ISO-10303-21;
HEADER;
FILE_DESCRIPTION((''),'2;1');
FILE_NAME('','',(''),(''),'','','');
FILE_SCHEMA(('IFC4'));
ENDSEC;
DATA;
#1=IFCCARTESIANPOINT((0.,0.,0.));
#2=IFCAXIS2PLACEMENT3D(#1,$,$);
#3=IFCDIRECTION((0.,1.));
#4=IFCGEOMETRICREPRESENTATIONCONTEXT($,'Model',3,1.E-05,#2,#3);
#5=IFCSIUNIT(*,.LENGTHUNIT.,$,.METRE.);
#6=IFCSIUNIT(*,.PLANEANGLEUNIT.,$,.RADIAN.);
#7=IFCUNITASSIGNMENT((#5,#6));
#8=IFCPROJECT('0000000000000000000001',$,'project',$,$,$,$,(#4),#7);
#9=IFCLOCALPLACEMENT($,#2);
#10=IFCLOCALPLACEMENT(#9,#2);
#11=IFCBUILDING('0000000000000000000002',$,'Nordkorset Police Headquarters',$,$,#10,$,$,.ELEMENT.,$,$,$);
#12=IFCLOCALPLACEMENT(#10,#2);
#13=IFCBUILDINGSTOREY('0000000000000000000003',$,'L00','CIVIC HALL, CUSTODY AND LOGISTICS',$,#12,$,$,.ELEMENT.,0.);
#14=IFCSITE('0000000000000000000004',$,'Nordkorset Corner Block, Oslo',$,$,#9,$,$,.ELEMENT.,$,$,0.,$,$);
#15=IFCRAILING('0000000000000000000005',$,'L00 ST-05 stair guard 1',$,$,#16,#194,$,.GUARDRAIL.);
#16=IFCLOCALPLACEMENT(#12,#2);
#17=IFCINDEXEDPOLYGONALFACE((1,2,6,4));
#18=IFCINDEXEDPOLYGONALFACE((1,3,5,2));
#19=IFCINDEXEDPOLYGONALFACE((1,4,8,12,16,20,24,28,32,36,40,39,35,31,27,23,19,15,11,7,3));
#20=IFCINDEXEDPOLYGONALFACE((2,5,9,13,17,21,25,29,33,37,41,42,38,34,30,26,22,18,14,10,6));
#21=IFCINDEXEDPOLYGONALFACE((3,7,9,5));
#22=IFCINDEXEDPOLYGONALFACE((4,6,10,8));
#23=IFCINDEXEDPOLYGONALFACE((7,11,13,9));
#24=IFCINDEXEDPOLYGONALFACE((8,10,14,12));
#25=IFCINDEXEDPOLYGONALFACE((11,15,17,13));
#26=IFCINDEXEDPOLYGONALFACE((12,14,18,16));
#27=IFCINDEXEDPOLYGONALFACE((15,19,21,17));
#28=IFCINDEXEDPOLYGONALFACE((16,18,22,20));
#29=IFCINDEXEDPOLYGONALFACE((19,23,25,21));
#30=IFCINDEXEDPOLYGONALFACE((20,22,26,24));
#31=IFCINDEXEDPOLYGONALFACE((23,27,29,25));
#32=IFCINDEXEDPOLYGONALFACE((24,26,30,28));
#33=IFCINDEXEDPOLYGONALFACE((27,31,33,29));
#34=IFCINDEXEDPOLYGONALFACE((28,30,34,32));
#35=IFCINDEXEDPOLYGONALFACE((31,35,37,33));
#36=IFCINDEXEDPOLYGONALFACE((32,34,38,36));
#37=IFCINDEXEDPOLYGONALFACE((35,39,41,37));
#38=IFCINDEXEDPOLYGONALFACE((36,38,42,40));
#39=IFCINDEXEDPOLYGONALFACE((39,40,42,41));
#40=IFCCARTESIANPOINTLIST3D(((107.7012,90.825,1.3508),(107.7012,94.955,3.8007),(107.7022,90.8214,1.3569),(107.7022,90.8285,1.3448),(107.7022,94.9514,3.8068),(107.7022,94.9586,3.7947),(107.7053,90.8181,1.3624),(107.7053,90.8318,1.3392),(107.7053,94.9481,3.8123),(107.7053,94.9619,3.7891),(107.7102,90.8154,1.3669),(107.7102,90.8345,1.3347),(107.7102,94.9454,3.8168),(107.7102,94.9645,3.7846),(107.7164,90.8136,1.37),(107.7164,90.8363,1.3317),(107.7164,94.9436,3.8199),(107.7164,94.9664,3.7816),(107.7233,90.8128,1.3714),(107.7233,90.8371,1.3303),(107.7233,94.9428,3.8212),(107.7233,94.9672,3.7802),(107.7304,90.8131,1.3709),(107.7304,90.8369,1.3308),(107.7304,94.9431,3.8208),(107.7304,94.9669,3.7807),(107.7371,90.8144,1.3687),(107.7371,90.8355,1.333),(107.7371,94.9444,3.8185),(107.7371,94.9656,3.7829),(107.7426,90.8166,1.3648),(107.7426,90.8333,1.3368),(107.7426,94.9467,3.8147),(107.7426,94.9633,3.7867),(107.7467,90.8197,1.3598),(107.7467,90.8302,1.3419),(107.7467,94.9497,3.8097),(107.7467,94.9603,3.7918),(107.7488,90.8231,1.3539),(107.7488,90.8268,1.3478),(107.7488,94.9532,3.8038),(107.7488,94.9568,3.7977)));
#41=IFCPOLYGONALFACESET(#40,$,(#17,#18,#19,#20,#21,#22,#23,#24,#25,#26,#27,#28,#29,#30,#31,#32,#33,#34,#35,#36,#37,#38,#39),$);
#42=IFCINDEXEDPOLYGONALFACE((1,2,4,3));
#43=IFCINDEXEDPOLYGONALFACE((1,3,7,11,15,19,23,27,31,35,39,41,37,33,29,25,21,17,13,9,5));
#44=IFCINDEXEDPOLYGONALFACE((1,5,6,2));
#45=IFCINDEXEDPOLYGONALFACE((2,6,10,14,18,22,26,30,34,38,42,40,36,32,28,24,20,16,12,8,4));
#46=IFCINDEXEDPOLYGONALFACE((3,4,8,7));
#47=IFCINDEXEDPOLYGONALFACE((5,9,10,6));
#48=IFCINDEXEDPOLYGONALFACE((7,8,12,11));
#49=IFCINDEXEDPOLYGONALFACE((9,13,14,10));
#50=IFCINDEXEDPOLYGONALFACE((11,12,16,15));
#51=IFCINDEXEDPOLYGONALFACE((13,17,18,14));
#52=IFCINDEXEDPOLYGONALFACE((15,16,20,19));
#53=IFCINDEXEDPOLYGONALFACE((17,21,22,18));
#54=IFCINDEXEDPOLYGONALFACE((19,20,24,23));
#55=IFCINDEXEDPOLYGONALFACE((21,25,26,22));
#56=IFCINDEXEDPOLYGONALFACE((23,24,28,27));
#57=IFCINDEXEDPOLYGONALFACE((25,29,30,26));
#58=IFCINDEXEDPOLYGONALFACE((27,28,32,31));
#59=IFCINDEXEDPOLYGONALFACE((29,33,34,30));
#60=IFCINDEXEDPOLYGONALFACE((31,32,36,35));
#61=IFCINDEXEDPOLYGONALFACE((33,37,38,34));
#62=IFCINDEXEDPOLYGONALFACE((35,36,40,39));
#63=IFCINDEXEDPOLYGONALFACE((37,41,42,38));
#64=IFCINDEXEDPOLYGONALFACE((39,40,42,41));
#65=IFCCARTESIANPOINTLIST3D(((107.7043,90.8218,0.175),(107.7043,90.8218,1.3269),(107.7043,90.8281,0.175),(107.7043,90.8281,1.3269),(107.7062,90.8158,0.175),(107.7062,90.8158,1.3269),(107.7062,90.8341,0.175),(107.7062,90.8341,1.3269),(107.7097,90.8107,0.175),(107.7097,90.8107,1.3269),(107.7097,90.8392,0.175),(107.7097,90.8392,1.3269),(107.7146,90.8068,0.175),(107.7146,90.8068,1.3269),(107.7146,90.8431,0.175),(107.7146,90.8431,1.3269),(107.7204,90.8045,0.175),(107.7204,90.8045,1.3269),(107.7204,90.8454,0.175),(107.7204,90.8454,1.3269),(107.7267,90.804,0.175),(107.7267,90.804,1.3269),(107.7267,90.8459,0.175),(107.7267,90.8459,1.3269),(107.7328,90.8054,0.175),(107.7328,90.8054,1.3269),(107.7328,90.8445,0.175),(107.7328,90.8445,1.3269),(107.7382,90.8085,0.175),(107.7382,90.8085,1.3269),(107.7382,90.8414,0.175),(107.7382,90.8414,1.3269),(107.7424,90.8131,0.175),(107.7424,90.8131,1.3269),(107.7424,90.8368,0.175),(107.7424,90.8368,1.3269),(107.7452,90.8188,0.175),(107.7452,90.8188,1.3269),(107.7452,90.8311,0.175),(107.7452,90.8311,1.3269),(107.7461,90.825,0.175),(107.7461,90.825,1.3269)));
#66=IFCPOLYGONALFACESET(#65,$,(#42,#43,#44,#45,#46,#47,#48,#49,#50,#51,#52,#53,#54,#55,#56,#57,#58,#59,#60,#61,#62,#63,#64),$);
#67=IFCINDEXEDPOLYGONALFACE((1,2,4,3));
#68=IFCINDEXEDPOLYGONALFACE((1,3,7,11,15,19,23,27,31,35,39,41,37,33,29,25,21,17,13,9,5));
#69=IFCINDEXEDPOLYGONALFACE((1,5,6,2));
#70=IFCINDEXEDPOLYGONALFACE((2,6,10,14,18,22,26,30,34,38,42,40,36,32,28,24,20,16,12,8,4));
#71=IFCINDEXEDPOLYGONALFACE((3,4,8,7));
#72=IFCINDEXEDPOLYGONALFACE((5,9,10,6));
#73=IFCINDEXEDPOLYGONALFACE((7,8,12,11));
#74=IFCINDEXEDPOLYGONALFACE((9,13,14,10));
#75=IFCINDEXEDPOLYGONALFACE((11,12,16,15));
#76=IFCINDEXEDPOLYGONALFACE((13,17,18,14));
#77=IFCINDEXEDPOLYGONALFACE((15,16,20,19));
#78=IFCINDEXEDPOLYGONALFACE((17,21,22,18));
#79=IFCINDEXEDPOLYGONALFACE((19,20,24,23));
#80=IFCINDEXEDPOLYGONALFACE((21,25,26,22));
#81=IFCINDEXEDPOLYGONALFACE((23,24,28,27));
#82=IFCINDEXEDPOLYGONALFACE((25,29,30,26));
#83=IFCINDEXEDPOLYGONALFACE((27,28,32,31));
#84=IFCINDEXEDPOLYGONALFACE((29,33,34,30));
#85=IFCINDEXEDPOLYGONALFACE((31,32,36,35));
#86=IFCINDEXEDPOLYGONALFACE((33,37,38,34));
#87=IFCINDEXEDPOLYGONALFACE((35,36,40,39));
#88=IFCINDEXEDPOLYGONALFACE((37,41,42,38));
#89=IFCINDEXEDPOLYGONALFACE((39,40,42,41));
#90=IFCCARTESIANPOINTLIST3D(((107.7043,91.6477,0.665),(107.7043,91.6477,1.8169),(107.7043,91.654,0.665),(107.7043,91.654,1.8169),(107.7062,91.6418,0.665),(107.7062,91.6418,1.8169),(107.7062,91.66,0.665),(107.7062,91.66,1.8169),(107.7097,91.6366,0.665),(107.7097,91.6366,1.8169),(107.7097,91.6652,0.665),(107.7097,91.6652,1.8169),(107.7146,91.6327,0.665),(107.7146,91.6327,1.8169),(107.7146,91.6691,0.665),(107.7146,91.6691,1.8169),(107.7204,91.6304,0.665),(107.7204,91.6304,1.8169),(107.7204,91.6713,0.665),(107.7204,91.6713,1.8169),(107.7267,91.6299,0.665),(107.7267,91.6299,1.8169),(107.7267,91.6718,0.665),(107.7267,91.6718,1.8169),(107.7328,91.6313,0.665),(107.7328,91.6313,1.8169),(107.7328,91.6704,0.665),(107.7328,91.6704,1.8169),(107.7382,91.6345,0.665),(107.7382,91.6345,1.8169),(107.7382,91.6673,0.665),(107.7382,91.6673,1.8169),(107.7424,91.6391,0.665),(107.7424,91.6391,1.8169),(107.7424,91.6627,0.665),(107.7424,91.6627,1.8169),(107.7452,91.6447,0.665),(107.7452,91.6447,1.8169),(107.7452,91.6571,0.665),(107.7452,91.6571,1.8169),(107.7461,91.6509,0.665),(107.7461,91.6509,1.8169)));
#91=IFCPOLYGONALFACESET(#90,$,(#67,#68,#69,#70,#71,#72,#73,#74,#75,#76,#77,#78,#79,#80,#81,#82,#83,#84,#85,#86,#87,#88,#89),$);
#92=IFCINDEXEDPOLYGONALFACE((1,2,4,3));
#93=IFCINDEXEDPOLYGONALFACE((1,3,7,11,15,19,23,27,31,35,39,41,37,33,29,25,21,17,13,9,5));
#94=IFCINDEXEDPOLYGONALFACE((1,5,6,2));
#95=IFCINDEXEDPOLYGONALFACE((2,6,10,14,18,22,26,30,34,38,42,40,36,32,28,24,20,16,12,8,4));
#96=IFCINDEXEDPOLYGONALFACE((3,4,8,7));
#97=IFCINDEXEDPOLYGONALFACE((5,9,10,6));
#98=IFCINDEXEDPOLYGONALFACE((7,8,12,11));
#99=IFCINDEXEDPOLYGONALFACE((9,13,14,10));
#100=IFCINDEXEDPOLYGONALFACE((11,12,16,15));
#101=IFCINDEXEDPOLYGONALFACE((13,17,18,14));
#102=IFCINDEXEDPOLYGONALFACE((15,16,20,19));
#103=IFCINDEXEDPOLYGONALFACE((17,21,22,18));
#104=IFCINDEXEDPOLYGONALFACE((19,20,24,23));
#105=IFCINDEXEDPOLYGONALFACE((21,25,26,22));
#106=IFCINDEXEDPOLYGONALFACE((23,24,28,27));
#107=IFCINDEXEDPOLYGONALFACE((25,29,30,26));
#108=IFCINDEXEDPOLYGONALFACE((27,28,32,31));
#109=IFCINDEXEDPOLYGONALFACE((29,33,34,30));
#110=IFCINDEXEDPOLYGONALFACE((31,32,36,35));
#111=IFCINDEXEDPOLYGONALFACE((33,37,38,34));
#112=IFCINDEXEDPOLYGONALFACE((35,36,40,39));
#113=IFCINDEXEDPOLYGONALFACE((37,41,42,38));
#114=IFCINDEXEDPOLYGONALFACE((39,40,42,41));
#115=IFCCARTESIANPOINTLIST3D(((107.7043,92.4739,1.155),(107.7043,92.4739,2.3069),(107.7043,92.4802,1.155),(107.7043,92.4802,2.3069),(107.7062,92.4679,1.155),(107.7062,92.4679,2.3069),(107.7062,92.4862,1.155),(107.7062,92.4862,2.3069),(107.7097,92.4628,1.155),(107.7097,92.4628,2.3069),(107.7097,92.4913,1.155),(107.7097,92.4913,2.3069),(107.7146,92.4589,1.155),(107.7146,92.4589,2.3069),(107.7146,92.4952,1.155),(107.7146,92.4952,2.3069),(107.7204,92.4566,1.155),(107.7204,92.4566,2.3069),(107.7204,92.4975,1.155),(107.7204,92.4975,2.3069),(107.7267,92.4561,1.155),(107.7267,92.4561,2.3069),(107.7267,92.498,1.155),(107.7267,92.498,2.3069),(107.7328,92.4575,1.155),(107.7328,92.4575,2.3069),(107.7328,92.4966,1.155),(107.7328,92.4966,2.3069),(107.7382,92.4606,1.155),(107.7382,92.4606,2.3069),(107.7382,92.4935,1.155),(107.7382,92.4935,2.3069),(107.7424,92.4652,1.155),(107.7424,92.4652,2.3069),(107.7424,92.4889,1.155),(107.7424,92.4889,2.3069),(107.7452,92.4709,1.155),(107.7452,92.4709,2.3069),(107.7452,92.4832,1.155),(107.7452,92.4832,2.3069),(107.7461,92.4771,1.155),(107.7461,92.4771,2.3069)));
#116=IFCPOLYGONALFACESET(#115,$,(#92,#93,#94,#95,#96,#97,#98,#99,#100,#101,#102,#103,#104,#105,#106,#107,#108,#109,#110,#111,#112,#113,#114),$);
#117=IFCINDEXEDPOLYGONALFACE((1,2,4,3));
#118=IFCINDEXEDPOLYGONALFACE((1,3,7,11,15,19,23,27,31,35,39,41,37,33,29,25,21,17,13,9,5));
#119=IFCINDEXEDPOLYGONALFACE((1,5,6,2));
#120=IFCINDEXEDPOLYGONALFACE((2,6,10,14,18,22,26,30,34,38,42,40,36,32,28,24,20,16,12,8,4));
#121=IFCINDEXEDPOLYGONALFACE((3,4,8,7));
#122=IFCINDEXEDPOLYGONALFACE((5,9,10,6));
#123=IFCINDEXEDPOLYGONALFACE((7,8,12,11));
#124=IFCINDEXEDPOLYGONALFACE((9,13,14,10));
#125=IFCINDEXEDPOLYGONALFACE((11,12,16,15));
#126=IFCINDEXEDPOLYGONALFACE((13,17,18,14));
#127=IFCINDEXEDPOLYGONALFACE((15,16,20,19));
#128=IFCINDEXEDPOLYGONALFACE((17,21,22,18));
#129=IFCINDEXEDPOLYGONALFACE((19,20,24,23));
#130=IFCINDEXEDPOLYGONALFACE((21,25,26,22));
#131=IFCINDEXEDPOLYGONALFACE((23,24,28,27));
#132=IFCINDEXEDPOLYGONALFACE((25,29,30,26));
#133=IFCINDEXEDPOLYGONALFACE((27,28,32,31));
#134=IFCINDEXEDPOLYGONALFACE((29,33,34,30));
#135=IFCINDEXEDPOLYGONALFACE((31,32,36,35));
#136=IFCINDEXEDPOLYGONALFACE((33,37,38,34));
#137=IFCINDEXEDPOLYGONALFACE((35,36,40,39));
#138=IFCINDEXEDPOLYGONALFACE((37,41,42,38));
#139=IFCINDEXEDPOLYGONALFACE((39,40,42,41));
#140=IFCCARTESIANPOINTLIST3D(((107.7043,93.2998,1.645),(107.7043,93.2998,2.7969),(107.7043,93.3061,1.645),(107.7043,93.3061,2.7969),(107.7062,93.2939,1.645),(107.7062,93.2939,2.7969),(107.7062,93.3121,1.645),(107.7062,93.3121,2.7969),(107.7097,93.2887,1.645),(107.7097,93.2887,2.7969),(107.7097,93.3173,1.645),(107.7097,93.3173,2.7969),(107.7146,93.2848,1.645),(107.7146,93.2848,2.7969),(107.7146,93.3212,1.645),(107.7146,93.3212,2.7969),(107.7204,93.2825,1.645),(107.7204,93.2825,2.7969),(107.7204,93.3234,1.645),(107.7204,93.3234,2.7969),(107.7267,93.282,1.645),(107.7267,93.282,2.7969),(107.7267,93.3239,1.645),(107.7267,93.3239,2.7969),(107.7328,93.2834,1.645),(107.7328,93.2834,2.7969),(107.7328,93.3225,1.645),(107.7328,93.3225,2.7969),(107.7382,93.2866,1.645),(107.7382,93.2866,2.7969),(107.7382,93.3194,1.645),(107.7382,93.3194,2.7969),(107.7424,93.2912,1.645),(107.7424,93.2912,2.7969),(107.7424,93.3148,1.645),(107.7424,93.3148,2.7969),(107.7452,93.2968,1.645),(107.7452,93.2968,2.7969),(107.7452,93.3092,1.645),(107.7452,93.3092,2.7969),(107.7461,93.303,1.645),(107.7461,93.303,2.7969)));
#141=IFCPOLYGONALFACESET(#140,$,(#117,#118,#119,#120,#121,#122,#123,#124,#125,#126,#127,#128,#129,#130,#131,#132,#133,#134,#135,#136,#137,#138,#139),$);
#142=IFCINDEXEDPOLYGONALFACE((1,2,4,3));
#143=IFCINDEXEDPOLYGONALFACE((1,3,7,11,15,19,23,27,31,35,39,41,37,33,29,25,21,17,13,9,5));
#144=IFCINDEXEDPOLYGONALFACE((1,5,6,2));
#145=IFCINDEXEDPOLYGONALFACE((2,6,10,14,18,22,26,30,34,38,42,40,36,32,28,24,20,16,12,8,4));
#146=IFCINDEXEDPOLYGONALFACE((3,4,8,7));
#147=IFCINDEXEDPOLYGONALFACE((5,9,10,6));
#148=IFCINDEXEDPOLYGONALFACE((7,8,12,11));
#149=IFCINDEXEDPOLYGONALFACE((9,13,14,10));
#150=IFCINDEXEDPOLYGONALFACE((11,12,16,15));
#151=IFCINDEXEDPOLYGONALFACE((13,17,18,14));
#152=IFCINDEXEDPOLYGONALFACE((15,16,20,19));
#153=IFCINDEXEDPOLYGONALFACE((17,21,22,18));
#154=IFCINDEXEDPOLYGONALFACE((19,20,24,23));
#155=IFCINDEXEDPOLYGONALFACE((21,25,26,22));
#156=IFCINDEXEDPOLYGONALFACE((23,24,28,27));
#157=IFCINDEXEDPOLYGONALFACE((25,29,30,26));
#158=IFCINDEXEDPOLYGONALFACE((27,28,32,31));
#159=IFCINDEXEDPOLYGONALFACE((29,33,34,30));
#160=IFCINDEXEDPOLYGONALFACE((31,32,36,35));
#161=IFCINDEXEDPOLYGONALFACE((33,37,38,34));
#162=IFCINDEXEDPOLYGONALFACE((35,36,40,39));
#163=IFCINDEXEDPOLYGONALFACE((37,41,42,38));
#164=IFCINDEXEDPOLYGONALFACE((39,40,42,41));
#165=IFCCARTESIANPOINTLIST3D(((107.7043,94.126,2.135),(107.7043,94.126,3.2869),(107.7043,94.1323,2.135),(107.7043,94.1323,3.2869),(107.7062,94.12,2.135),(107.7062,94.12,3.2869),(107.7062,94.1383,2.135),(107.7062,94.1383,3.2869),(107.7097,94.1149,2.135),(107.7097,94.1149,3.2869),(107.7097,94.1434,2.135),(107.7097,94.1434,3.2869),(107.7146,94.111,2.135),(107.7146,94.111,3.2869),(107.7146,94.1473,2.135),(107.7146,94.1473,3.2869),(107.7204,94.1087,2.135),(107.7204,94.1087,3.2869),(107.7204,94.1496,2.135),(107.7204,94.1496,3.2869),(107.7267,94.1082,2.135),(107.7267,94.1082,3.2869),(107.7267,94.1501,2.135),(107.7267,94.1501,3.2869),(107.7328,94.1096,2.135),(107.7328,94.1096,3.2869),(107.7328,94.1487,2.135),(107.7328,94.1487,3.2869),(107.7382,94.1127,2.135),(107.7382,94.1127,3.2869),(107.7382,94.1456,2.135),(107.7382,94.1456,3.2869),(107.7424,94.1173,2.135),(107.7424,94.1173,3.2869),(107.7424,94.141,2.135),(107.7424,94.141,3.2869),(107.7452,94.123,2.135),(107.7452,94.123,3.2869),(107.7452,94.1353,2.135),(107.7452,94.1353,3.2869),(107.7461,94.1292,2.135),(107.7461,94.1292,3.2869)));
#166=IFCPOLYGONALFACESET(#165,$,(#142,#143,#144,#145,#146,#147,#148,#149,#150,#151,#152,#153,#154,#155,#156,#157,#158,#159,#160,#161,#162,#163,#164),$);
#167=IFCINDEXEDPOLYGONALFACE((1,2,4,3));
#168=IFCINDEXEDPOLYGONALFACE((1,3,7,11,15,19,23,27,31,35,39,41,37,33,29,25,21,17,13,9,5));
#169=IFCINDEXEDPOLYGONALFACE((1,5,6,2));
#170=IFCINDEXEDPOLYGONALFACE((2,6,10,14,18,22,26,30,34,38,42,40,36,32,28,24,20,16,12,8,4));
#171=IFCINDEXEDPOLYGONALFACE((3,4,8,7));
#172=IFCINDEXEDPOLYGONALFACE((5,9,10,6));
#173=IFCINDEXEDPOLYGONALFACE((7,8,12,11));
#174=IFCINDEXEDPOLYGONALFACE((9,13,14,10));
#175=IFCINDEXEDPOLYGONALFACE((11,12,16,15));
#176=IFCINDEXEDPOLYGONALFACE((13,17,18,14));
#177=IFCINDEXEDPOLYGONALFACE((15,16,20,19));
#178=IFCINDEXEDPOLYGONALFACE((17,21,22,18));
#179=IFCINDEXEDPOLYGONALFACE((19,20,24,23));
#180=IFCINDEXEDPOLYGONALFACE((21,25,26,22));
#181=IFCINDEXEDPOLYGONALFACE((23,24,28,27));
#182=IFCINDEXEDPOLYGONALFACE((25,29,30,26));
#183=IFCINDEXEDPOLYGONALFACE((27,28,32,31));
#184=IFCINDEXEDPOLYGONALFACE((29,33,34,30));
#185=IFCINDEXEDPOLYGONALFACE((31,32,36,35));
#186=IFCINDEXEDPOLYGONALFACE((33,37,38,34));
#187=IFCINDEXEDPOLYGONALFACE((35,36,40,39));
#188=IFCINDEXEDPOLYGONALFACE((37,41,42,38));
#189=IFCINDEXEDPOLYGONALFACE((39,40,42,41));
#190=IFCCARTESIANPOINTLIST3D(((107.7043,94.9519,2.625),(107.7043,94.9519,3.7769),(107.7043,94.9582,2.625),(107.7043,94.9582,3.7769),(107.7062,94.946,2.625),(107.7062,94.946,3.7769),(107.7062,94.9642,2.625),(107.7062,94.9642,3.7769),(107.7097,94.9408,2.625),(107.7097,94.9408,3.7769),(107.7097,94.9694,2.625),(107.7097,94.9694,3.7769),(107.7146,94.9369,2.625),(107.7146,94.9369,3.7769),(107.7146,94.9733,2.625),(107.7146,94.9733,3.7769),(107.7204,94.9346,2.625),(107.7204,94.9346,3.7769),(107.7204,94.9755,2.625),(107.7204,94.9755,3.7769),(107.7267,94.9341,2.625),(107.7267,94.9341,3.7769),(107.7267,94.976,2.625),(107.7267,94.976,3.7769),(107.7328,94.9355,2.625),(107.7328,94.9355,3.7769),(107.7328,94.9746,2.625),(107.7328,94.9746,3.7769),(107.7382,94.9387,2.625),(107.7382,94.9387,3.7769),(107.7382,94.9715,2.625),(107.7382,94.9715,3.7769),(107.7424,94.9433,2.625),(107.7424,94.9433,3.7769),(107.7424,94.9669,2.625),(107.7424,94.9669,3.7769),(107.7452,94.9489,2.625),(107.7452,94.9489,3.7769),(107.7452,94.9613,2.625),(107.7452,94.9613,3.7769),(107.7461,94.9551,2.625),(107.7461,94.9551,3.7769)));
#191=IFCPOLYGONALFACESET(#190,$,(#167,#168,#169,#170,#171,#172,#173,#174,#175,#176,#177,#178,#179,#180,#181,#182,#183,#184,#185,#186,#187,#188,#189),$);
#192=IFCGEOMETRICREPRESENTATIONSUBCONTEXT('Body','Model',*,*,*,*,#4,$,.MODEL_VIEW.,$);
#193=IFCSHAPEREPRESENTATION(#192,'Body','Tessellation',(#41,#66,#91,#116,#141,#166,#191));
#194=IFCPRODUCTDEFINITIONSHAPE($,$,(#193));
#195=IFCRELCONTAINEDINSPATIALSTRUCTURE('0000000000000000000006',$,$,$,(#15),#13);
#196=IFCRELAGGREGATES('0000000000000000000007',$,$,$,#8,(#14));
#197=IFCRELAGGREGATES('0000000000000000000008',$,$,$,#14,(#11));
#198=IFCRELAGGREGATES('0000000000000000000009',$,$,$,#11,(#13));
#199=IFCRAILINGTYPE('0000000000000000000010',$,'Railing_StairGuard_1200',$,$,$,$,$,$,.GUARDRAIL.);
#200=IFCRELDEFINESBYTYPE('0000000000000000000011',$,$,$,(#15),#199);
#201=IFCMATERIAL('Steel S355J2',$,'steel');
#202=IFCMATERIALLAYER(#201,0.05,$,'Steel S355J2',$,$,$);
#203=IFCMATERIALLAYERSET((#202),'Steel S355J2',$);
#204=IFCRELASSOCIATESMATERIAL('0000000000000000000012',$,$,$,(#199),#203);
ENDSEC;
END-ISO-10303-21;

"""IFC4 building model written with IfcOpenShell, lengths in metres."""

from ifc_helpers import new_model, si_unit, direction, frame, origin, origin_2d, place, context, subcontext, project, spatial, circle, extrude, material, layer, layer_set, type_object, element, save


model = new_model("IFC4")

# Units and contexts
model_context = context("Model", 3, precision=1e-05, world=origin(), true_north=direction((0.0, 1.0)))
body_context = subcontext(model_context, "Body", "Model", "MODEL_VIEW")
ifc_project = project(units=[si_unit("LENGTHUNIT", "METRE"), si_unit("PLANEANGLEUNIT", "RADIAN")], contexts=[model_context])

# Site, building, storey
site_placement = place(None, origin())
site = spatial("IfcSite", under=ifc_project, at=site_placement, Name="Nordkorset Corner Block, Oslo", CompositionType="ELEMENT", RefElevation=0.0)
building_placement = place(site_placement, origin())
building = spatial("IfcBuilding", under=site, at=building_placement, Name="Nordkorset Police Headquarters", CompositionType="ELEMENT")
storey_placement = place(building_placement, origin())
storey = spatial("IfcBuildingStorey", under=building, at=storey_placement, Name="L00", Description="CIVIC HALL, CUSTODY AND LOGISTICS", CompositionType="ELEMENT", Elevation=0.0)

# Railing
ifc_material_1 = material(Name="Steel S355J2", Category="steel")
ifc_layer_1 = layer(ifc_material_1, 0.05, Name="Steel S355J2")
ifc_layer_set_1 = layer_set([ifc_layer_1], Name="Steel S355J2")
railing_type_1 = type_object("IfcRailingType", Name="Railing_StairGuard_1200", PredefinedType="GUARDRAIL", material=ifc_layer_set_1)
railing_1_placement = place(storey_placement, frame((107.7251, 90.825, 0.175)))
element("IfcRailing", 1, at=railing_1_placement, inside=storey, type_object=railing_type_1, Name="L00 ST-05 stair guard 1", PredefinedType="GUARDRAIL", context=body_context, shape_type="SweptSolid", body=[
    extrude(circle(Radius=0.0239, at=origin_2d()), frame((0.0, 0.0, 1.1758), z_axis=(0.0, 0.860066, 0.510183), x_axis=(-1.0, 0.0, 0.0)), (0.0, 0.0, 1.0), 4.802),
    extrude(circle(Radius=0.021, at=origin_2d()), origin(), (0.0, 0.0, 1.0), 1.1519),
    extrude(circle(Radius=0.021, at=origin_2d()), frame((0.0, 0.8259, 0.49)), (0.0, 0.0, 1.0), 1.1519),
    extrude(circle(Radius=0.021, at=origin_2d()), frame((0.0, 1.6521, 0.98)), (0.0, 0.0, 1.0), 1.1519),
    extrude(circle(Radius=0.021, at=origin_2d()), frame((0.0, 2.478, 1.47)), (0.0, 0.0, 1.0), 1.1519),
    extrude(circle(Radius=0.021, at=origin_2d()), frame((0.0, 3.3042, 1.96)), (0.0, 0.0, 1.0), 1.1519),
    extrude(circle(Radius=0.021, at=origin_2d()), frame((0.0, 4.1301, 2.45)), (0.0, 0.0, 1.0), 1.1519),
])

save(model, "model.ifc")
